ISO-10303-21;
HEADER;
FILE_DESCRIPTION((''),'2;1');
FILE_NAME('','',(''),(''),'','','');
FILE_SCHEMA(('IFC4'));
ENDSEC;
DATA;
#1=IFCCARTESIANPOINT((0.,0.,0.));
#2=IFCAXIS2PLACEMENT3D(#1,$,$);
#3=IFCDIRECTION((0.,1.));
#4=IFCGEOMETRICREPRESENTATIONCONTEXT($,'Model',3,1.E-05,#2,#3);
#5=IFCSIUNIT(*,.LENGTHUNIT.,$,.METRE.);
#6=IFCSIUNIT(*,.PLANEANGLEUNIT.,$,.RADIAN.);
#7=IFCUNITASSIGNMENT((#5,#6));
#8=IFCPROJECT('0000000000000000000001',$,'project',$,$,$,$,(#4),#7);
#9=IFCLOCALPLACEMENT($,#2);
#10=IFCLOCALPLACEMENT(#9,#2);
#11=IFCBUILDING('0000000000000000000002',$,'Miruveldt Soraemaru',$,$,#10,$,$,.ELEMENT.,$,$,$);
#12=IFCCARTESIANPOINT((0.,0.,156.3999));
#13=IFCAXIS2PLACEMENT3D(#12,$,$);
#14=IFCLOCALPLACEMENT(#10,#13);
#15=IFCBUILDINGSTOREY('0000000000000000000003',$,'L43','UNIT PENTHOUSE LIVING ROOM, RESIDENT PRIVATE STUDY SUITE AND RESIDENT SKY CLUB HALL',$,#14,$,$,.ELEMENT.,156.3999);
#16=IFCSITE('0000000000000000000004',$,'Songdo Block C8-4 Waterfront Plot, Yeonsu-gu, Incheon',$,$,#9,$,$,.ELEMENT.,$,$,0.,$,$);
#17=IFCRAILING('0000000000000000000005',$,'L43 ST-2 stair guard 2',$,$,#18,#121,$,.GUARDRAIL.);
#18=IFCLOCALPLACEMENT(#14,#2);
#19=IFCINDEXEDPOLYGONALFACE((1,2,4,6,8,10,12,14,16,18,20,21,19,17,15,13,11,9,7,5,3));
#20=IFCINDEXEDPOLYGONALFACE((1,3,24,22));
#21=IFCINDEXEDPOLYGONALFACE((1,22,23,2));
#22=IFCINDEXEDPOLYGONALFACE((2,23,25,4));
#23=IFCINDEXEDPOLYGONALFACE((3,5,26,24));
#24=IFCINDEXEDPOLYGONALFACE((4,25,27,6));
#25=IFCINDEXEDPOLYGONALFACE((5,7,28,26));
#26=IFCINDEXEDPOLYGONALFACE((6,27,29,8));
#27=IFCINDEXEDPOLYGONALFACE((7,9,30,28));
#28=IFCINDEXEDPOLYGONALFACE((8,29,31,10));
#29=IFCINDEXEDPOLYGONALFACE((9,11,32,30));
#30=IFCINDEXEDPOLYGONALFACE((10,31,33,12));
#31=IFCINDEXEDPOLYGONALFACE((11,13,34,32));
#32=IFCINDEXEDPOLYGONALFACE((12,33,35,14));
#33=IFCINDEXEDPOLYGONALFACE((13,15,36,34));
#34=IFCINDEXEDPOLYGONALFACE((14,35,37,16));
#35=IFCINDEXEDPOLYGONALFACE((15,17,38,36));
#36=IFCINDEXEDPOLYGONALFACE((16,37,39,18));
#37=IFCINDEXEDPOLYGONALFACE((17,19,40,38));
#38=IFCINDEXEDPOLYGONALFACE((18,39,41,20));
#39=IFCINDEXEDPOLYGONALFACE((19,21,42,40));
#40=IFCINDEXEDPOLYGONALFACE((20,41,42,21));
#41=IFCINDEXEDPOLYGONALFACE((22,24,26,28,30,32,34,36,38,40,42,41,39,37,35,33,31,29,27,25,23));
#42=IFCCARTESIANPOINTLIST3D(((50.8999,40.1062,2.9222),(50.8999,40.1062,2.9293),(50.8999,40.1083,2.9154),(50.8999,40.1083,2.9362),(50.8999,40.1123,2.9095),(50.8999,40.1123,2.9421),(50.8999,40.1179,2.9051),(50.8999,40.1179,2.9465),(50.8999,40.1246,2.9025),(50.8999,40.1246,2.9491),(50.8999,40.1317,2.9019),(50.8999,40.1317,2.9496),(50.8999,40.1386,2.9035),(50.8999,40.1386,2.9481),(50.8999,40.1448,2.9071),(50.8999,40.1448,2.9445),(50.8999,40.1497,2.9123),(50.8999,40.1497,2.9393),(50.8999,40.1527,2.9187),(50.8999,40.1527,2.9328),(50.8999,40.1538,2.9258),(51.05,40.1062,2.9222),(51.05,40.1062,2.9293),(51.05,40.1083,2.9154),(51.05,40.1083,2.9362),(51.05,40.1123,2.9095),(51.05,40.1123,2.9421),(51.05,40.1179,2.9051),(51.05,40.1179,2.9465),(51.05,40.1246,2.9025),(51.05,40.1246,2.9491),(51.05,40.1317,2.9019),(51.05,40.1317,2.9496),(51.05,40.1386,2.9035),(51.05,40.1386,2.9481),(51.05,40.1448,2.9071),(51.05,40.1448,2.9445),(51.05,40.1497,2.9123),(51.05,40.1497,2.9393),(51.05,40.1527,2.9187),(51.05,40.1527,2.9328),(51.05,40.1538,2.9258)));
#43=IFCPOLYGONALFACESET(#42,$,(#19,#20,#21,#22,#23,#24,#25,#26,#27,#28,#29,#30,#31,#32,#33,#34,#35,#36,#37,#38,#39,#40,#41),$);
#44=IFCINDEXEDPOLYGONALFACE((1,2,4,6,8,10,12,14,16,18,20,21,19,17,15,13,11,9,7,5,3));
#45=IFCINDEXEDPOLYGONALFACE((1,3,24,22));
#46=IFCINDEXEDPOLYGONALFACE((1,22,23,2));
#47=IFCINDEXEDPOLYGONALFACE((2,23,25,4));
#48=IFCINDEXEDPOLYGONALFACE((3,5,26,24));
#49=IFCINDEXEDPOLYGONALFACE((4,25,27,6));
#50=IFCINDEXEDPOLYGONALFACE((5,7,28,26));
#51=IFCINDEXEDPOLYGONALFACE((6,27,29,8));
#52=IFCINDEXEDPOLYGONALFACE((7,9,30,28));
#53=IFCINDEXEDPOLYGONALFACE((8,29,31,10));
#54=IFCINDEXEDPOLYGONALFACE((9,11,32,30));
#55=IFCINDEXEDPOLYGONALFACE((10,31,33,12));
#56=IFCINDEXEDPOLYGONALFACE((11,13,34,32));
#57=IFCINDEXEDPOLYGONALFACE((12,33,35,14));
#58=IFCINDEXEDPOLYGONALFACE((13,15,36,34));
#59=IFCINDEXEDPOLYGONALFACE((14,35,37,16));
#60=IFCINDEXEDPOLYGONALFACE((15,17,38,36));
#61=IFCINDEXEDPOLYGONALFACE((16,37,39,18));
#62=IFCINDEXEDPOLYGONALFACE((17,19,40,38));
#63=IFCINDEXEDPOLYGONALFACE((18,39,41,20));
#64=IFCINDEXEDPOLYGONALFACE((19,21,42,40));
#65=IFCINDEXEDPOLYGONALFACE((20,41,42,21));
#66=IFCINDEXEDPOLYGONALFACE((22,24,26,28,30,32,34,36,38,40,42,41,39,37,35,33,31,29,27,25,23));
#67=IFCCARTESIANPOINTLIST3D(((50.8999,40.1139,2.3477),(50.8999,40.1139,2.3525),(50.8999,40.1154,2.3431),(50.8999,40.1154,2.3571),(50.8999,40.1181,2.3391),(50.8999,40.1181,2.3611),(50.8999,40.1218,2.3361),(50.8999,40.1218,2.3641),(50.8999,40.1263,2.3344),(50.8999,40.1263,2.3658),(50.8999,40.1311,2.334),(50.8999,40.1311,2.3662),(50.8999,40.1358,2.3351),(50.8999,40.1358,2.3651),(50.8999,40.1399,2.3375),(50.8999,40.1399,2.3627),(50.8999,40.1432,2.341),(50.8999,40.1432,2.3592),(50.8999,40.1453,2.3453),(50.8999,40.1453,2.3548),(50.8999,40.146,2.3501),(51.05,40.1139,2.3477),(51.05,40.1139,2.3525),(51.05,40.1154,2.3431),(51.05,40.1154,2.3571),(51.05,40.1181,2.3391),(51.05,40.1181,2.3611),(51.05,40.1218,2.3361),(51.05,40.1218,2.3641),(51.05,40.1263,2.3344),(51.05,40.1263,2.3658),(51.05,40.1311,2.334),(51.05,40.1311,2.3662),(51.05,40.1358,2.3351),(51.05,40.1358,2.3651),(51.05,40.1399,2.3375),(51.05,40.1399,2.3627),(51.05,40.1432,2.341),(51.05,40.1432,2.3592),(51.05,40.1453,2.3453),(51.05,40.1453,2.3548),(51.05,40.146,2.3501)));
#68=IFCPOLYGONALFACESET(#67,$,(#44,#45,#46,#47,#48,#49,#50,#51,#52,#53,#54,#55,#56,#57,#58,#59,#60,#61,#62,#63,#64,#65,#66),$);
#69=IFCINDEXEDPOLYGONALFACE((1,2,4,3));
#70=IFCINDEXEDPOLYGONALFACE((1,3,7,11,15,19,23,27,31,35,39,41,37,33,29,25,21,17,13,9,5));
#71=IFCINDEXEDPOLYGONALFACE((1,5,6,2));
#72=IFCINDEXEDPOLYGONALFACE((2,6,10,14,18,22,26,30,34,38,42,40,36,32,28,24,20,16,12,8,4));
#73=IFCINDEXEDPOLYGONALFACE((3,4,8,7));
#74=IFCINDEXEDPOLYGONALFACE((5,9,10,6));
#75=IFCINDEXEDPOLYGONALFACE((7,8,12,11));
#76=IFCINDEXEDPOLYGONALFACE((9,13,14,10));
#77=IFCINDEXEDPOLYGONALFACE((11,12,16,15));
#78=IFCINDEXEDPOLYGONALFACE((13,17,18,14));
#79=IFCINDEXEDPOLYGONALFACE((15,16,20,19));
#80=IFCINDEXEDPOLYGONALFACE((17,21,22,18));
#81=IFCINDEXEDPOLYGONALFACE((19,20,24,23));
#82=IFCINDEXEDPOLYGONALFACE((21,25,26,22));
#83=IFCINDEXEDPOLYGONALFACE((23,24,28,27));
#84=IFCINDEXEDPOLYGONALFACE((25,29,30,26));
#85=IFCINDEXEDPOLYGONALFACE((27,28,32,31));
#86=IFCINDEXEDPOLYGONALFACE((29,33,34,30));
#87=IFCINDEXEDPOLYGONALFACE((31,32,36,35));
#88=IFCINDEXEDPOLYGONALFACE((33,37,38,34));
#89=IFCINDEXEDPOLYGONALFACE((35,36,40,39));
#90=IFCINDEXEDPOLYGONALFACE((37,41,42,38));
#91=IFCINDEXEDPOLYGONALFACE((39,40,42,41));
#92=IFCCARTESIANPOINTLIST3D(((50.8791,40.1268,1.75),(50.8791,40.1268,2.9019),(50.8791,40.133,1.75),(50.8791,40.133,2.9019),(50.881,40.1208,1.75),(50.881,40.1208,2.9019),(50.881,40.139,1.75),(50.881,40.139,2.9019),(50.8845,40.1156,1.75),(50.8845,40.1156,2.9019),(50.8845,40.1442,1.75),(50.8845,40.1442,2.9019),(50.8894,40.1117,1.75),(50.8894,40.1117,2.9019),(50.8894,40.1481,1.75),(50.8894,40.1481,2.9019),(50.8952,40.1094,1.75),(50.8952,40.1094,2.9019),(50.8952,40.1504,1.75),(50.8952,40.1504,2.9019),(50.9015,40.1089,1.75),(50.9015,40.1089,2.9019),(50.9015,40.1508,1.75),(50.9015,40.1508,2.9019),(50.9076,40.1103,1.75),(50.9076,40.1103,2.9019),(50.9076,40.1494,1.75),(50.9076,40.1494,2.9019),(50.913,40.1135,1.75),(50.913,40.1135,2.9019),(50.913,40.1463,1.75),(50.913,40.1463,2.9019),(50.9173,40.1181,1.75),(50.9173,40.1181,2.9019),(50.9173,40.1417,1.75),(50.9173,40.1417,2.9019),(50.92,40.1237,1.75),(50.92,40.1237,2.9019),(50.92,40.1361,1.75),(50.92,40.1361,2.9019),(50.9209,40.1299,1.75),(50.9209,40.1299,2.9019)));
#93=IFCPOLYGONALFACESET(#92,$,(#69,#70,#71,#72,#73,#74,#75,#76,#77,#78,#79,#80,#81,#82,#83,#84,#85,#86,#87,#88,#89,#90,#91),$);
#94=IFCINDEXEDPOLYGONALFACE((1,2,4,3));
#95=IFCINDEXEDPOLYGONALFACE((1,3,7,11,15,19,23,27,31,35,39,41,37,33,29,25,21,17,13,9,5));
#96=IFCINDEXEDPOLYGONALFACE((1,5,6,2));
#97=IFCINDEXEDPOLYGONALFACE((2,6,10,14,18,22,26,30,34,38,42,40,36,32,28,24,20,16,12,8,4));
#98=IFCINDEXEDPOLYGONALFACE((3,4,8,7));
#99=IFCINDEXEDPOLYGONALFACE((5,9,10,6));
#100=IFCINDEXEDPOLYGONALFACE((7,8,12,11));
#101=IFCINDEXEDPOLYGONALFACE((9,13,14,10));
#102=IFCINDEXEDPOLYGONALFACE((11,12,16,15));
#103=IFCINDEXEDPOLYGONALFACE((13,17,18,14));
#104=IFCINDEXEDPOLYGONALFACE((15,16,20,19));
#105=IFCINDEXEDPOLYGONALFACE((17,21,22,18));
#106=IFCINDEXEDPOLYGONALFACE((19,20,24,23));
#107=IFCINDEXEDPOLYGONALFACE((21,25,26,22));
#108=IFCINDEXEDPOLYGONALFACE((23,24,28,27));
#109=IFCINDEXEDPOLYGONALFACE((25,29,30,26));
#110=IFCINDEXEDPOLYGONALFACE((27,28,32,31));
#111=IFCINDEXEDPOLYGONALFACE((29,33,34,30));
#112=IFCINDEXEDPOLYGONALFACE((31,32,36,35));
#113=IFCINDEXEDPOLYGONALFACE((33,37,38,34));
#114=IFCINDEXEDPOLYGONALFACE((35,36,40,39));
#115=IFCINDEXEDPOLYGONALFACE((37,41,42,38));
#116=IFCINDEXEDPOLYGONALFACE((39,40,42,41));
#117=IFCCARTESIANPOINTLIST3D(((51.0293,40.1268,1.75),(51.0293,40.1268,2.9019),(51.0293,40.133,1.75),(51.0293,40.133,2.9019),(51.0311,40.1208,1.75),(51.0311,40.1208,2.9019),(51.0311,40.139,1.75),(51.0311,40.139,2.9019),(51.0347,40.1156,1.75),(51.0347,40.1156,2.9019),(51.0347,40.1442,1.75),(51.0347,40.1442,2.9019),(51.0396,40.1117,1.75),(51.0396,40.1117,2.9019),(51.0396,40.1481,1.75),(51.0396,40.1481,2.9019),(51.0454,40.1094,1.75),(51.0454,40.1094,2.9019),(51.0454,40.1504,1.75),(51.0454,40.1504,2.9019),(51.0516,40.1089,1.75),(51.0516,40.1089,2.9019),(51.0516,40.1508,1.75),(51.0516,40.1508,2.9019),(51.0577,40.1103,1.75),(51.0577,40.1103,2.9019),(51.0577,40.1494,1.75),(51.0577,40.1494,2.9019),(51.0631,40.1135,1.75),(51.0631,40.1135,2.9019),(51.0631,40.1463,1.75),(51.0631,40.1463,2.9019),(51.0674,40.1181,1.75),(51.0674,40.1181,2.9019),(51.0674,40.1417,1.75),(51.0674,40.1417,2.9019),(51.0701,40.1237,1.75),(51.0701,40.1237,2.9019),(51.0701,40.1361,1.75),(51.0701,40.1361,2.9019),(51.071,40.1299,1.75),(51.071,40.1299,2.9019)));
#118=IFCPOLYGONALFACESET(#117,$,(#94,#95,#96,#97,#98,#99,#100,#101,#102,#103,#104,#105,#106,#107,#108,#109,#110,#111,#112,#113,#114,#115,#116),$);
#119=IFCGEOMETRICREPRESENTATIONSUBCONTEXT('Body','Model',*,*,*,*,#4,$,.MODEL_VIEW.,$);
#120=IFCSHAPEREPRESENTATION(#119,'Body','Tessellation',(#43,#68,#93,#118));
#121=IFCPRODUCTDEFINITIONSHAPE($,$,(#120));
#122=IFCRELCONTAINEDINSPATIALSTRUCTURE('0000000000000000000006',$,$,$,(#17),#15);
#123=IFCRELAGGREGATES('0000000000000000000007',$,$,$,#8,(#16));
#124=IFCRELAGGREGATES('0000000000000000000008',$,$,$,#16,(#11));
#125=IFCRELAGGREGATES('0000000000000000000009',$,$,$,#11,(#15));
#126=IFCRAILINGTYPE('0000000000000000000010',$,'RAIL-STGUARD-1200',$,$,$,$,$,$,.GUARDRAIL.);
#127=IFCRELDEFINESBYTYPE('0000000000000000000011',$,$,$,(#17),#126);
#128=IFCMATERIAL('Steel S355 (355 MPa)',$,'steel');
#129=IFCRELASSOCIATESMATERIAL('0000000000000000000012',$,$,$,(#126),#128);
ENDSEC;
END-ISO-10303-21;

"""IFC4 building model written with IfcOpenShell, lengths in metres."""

from ifc_helpers import new_model, si_unit, direction, frame, origin, origin_2d, place, context, subcontext, project, spatial, circle, extrude, material, type_object, element, save


model = new_model("IFC4")

# Units and contexts
model_context = context("Model", 3, precision=1e-05, world=origin(), true_north=direction((0.0, 1.0)))
body_context = subcontext(model_context, "Body", "Model", "MODEL_VIEW")
ifc_project = project(units=[si_unit("LENGTHUNIT", "METRE"), si_unit("PLANEANGLEUNIT", "RADIAN")], contexts=[model_context])

# Site, building, storey
site_placement = place(None, origin())
site = spatial("IfcSite", under=ifc_project, at=site_placement, Name="Songdo Block C8-4 Waterfront Plot, Yeonsu-gu, Incheon", CompositionType="ELEMENT", RefElevation=0.0)
building_placement = place(site_placement, origin())
building = spatial("IfcBuilding", under=site, at=building_placement, Name="Miruveldt Soraemaru", CompositionType="ELEMENT")
storey_placement = place(building_placement, frame((0.0, 0.0, 156.3999)))
storey = spatial("IfcBuildingStorey", under=building, at=storey_placement, Name="L43", Description="UNIT PENTHOUSE LIVING ROOM, RESIDENT PRIVATE STUDY SUITE AND RESIDENT SKY CLUB HALL", CompositionType="ELEMENT", Elevation=156.3999)

# Railing
ifc_material_1 = material(Name="Steel S355 (355 MPa)", Category="steel")
railing_type = type_object("IfcRailingType", Name="RAIL-STGUARD-1200", PredefinedType="GUARDRAIL", material=ifc_material_1)
railing_1_placement = place(storey_placement, frame((50.8999, 40.1299, 1.75)))
element("IfcRailing", 1, at=railing_1_placement, inside=storey, type_object=railing_type, Name="L43 ST-2 stair guard 2", PredefinedType="GUARDRAIL", context=body_context, shape_type="SweptSolid", body=[
    extrude(circle(Radius=0.0239, at=origin_2d()), frame((0.0, 0.0, 1.1758), z_axis=(1.0, 0.0, 0.0), x_axis=(0.0, 1.0, 0.0)), (0.0, 0.0, 1.0), 0.1501),
    extrude(circle(Radius=0.0161, at=origin_2d()), frame((0.0, 0.0, 0.6001), z_axis=(1.0, 0.0, 0.0), x_axis=(0.0, 1.0, 0.0)), (0.0, 0.0, 1.0), 0.1501),
    extrude(circle(Radius=0.021, at=origin_2d()), origin(), (0.0, 0.0, 1.0), 1.1519),
    extrude(circle(Radius=0.021, at=origin_2d()), frame((0.1501, 0.0, 0.0)), (0.0, 0.0, 1.0), 1.1519),
])

save(model, "model.ifc")
